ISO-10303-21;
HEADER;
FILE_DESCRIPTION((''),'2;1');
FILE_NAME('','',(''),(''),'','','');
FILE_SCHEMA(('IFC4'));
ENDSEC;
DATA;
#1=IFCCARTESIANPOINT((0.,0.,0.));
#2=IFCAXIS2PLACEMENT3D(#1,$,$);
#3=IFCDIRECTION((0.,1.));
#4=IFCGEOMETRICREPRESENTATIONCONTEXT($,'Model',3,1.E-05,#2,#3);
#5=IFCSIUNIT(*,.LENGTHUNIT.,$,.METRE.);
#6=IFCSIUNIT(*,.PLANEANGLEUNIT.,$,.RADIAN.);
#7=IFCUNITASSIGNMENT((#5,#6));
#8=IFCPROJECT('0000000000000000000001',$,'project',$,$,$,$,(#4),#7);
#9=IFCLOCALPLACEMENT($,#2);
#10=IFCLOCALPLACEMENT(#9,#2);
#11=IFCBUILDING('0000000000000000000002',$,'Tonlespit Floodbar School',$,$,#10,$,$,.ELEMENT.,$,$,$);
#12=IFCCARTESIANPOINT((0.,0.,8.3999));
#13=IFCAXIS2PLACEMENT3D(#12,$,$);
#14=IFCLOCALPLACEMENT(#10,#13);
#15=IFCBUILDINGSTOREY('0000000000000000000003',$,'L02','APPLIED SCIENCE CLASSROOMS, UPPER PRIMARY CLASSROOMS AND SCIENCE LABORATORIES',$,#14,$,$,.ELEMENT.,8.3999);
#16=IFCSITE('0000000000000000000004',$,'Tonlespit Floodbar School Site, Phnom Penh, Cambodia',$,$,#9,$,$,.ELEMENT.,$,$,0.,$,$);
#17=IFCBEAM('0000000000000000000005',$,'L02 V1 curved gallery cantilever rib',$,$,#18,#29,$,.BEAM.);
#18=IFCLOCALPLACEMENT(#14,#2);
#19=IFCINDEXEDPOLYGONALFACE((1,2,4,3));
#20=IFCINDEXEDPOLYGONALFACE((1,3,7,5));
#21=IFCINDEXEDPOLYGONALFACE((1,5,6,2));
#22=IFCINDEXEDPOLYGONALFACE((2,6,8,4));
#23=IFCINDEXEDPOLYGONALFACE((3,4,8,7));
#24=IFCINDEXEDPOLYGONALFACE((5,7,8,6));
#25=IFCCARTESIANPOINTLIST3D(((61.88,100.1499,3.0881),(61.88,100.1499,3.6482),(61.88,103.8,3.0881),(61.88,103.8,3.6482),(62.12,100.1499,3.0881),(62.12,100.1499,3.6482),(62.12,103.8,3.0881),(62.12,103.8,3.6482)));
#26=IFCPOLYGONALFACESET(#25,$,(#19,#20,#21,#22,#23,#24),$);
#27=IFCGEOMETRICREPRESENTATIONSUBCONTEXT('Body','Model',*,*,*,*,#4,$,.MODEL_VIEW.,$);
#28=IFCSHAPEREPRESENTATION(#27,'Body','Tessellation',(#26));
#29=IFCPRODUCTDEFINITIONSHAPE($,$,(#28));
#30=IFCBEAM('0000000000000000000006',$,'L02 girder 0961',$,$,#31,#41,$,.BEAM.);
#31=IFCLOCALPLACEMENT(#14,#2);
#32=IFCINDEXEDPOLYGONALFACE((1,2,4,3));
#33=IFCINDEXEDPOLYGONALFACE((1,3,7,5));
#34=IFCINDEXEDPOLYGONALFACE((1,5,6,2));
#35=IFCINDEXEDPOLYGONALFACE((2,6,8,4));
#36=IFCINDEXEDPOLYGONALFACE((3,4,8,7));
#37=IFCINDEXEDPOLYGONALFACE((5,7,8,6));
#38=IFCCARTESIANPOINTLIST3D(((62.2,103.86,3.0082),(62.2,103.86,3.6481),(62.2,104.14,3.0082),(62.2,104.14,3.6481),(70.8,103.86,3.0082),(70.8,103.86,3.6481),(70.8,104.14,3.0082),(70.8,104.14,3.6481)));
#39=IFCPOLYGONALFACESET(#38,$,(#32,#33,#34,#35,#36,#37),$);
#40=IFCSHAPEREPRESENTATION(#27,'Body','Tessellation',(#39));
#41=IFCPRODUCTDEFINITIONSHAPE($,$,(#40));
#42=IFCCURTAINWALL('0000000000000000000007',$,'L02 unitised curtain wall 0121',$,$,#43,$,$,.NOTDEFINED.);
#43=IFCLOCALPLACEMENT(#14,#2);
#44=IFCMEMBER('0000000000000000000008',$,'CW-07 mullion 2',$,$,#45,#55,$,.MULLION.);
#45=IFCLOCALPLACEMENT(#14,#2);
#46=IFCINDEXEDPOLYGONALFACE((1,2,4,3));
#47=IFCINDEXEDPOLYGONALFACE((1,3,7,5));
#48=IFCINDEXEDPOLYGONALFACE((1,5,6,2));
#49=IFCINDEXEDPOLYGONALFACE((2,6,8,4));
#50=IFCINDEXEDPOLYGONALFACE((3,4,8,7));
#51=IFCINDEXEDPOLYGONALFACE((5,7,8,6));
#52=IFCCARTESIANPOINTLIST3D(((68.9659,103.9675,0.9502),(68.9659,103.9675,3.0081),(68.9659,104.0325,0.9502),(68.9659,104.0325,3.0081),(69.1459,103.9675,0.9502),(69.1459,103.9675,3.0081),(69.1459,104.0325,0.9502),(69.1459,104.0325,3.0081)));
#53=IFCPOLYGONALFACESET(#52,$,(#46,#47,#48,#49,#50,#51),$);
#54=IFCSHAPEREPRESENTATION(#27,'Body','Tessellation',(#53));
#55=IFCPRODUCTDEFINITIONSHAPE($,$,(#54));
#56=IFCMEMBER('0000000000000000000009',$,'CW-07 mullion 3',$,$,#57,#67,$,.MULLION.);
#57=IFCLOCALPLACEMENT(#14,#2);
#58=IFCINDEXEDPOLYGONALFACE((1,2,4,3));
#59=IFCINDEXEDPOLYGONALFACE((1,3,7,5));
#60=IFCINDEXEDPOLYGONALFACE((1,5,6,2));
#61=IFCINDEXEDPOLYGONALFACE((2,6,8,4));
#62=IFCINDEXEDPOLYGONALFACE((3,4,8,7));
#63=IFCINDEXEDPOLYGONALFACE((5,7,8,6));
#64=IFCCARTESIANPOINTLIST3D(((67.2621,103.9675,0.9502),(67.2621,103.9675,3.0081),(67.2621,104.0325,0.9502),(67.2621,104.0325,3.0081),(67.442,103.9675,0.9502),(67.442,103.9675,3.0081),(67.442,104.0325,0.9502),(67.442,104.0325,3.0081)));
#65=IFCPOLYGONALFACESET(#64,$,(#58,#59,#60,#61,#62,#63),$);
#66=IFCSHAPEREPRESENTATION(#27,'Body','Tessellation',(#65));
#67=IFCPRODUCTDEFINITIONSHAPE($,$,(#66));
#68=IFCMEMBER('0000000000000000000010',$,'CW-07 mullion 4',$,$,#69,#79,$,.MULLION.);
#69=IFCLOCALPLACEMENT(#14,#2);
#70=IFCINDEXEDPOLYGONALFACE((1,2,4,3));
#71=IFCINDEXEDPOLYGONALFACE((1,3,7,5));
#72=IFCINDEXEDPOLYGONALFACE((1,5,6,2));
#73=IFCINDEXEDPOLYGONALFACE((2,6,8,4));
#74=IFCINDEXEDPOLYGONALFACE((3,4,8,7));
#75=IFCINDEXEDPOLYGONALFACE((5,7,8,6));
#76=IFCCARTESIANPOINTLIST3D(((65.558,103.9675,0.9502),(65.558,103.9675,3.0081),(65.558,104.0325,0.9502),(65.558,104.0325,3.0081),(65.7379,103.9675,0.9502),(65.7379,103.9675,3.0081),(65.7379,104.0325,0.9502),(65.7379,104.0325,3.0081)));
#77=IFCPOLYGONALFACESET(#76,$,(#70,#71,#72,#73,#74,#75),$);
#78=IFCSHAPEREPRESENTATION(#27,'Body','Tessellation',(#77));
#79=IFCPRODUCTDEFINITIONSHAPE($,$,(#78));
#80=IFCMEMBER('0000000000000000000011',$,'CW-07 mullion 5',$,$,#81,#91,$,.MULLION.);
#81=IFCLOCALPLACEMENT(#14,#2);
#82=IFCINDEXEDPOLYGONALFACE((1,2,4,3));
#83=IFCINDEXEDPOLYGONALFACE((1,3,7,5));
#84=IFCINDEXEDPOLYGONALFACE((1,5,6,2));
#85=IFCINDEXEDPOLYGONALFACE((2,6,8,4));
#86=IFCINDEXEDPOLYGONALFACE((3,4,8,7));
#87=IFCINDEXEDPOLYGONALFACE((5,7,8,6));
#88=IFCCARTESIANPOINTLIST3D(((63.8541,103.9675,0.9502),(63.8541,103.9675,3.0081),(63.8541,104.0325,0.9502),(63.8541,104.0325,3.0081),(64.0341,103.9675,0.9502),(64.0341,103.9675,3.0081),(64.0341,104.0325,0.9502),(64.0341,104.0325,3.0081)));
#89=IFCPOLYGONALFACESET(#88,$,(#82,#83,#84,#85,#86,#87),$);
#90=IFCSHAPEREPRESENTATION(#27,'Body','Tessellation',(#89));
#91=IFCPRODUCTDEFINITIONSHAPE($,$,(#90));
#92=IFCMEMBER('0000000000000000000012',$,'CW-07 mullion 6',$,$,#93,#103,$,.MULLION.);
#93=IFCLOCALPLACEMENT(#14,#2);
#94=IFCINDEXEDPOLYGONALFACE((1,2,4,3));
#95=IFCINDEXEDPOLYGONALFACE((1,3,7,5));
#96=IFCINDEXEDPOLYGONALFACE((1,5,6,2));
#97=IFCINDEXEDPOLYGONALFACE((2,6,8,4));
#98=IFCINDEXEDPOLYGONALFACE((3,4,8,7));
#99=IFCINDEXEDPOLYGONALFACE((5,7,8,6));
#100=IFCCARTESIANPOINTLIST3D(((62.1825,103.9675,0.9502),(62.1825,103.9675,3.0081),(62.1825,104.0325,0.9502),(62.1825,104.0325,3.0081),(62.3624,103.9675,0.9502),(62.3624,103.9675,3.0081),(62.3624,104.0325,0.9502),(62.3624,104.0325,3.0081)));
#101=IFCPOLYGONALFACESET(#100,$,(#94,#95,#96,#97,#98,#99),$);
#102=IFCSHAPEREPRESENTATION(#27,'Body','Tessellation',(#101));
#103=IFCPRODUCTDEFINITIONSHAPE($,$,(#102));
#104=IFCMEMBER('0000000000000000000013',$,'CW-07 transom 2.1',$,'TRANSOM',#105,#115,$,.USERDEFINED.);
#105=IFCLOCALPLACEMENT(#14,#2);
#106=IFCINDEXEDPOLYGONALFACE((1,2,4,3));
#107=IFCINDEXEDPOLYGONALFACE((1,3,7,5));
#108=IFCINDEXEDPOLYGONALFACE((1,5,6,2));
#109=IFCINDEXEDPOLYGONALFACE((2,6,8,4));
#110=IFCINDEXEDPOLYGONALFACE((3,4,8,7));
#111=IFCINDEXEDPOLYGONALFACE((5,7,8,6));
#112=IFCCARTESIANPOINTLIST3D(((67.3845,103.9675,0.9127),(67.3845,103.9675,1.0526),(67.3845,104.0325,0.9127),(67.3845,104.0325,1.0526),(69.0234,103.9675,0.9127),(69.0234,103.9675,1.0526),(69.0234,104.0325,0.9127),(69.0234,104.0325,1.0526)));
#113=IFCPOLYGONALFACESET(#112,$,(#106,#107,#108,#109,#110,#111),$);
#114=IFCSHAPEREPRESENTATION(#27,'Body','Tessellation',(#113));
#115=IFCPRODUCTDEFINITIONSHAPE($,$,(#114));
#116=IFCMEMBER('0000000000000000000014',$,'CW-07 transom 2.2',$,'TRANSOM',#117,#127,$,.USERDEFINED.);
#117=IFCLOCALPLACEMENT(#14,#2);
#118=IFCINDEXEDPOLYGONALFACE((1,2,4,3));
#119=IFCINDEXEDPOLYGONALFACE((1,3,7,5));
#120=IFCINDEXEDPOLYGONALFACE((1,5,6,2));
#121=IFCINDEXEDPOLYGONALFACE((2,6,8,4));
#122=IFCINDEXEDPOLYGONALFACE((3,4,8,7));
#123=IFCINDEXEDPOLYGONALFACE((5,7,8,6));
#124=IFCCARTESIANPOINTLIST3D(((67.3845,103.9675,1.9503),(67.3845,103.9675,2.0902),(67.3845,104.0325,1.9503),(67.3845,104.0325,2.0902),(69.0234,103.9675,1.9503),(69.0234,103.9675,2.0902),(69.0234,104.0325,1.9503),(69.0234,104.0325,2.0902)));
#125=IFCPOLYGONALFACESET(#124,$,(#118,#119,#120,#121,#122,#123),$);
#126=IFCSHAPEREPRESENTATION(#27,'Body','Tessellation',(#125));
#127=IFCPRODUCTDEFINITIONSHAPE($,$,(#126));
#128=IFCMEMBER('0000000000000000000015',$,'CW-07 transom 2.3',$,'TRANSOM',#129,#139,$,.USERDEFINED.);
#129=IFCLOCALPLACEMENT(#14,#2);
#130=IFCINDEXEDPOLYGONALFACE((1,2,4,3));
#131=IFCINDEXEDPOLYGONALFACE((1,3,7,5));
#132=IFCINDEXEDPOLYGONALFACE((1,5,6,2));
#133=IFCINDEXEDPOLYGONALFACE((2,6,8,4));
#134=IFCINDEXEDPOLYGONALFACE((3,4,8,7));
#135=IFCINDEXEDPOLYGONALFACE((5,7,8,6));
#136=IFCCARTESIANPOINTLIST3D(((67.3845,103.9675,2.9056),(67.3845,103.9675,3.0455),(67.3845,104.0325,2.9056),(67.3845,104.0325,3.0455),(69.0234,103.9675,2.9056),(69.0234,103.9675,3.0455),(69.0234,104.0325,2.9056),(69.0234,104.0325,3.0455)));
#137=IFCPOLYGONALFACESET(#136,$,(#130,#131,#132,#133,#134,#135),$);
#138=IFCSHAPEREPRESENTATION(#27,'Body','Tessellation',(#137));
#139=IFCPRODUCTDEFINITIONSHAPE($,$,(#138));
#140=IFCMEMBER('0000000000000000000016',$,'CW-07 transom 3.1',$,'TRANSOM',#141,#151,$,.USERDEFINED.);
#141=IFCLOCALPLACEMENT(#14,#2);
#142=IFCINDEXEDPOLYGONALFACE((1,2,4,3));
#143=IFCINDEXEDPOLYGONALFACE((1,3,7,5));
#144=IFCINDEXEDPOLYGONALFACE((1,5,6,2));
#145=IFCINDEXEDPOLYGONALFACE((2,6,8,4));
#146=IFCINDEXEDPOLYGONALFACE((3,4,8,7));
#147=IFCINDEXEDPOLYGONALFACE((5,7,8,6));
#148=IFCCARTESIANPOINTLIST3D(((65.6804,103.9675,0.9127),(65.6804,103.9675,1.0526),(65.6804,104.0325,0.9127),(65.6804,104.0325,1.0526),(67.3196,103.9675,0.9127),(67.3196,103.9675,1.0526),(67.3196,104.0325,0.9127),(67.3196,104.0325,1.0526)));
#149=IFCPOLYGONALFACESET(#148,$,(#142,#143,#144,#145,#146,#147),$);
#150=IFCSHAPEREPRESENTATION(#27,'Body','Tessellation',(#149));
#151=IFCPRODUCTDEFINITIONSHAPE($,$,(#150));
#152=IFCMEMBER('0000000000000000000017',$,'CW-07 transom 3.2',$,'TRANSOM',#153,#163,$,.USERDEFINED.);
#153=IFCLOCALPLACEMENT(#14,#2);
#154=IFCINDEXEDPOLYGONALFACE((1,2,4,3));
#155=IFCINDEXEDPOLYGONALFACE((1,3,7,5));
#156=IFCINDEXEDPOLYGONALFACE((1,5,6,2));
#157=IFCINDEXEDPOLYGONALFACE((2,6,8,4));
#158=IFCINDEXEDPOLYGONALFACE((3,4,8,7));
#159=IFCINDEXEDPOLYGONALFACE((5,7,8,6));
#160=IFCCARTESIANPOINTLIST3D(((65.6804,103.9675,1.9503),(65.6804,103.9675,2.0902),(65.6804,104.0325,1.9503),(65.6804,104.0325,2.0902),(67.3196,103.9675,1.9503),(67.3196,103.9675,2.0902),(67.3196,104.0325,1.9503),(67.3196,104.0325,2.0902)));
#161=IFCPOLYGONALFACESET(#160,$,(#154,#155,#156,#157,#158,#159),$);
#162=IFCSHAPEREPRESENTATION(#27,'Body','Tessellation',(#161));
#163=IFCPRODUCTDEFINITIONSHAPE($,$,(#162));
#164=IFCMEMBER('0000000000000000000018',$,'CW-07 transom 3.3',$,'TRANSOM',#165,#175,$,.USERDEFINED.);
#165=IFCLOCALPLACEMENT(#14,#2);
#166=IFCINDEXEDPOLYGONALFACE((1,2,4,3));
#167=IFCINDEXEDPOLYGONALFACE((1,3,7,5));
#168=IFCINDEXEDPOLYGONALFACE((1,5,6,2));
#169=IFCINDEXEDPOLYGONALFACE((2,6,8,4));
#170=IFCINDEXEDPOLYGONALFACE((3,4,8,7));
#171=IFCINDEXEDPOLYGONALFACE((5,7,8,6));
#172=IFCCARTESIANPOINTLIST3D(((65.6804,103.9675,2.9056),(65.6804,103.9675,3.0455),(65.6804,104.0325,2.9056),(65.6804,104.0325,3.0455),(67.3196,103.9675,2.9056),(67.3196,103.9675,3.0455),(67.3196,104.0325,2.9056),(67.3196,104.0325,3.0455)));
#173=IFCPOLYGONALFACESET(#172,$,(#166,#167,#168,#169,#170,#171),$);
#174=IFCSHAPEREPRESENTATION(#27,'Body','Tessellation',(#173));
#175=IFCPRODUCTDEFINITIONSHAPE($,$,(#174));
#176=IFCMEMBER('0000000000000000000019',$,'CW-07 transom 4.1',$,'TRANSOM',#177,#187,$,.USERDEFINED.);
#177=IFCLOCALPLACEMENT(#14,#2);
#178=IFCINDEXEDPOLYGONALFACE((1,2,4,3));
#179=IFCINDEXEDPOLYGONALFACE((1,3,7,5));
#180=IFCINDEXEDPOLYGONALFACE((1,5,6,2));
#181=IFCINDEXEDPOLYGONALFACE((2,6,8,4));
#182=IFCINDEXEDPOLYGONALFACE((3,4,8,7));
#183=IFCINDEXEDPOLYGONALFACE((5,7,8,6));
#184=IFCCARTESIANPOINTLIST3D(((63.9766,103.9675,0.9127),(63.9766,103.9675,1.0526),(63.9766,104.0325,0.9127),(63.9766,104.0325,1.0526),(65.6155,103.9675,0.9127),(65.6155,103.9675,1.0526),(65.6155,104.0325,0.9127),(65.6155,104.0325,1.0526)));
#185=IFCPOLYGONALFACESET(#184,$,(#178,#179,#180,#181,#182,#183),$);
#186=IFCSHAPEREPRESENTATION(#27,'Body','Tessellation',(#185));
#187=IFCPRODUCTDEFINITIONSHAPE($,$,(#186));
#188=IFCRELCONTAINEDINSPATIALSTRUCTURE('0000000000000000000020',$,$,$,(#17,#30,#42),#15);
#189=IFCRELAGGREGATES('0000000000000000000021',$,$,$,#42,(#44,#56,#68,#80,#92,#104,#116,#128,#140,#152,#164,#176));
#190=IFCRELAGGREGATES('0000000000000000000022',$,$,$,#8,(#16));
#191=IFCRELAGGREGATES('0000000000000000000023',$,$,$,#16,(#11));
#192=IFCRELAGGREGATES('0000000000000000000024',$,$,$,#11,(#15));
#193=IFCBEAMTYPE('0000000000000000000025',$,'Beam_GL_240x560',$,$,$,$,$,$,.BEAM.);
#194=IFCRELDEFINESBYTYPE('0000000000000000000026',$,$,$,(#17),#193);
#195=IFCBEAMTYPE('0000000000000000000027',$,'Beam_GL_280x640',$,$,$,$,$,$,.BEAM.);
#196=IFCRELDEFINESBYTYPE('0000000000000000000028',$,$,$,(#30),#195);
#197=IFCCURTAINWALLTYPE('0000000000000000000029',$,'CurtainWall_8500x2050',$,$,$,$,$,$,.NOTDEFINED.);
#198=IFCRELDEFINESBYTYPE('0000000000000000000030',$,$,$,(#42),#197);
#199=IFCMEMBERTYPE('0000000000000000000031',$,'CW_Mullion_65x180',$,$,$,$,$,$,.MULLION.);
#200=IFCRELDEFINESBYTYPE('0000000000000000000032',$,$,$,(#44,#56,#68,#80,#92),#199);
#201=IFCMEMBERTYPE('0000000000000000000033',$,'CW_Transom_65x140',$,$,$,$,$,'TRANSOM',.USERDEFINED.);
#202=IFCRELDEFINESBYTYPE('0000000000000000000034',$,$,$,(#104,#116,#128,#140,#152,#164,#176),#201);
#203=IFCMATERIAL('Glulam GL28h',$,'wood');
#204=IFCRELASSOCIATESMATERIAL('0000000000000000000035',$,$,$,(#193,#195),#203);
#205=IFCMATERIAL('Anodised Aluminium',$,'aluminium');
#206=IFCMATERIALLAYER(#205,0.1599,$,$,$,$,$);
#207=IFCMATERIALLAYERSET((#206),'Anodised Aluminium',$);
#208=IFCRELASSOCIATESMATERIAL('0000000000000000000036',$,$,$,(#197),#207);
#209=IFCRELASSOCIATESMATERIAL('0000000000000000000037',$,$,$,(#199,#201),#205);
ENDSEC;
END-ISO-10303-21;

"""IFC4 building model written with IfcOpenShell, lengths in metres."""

from ifc_helpers import new_model, si_unit, direction, frame, origin, origin_2d, place, context, subcontext, project, spatial, rectangle, extrude, material, layer, layer_set, material_profile, profile_set, type_object, element, aggregate, save


model = new_model("IFC4")

# Units and contexts
model_context = context("Model", 3, precision=1e-05, world=origin(), true_north=direction((0.0, 1.0)))
body_context = subcontext(model_context, "Body", "Model", "MODEL_VIEW")
ifc_project = project(units=[si_unit("LENGTHUNIT", "METRE"), si_unit("PLANEANGLEUNIT", "RADIAN")], contexts=[model_context])

# Site, building, storey
site_placement = place(None, origin())
site = spatial("IfcSite", under=ifc_project, at=site_placement, Name="Tonlespit Floodbar School Site, Phnom Penh, Cambodia", CompositionType="ELEMENT", RefElevation=0.0)
building_placement = place(site_placement, origin())
building = spatial("IfcBuilding", under=site, at=building_placement, Name="Tonlespit Floodbar School", CompositionType="ELEMENT")
storey_placement = place(building_placement, frame((0.0, 0.0, 8.3999)))
storey = spatial("IfcBuildingStorey", under=building, at=storey_placement, Name="L02", Description="APPLIED SCIENCE CLASSROOMS, UPPER PRIMARY CLASSROOMS AND SCIENCE LABORATORIES", CompositionType="ELEMENT", Elevation=8.3999)

# Beams
ifc_material_1 = material(Name="Glulam GL28h", Category="wood")
ifc_material_profile_1 = material_profile(ifc_material_1, rectangle(XDim=0.24, YDim=0.5601, at=origin_2d()), Name="GL 240x560")
ifc_profile_set_1 = profile_set([ifc_material_profile_1], Name="Glulam GL28h")
beam_type_1 = type_object("IfcBeamType", Name="Beam_GL_240x560", PredefinedType="BEAM", material=ifc_profile_set_1)
beam_1_placement = place(storey_placement, frame((62.0, 103.8, 3.3682), z_axis=(0.0, -1.0, 0.0), x_axis=(1.0, 0.0, 0.0)))
element("IfcBeam", 1, at=beam_1_placement, inside=storey, type_object=beam_type_1, Name="L02 V1 curved gallery cantilever rib", PredefinedType="BEAM", context=body_context, shape_type="SweptSolid", body=[
    extrude(rectangle(XDim=0.24, YDim=0.5601, at=origin_2d()), origin(), (0.0, 0.0, 1.0), 3.6501),
])
ifc_material_profile_2 = material_profile(ifc_material_1, rectangle(XDim=0.28, YDim=0.6399, at=origin_2d()), Name="GL 280x640")
ifc_profile_set_2 = profile_set([ifc_material_profile_2], Name="Glulam GL28h")
beam_type_2 = type_object("IfcBeamType", Name="Beam_GL_280x640", PredefinedType="BEAM", material=ifc_profile_set_2)
beam_2_placement = place(storey_placement, frame((62.2, 104.0, 3.3281), z_axis=(1.0, 0.0, 0.0), x_axis=(0.0, 1.0, 0.0)))
element("IfcBeam", 2, at=beam_2_placement, inside=storey, type_object=beam_type_2, Name="L02 girder 0961", PredefinedType="BEAM", context=body_context, shape_type="SweptSolid", body=[
    extrude(rectangle(XDim=0.28, YDim=0.6399, at=origin_2d()), origin(), (0.0, 0.0, 1.0), 8.6001),
])

# Curtain wall, members
ifc_material_2 = material(Name="Anodised Aluminium", Category="aluminium")
ifc_layer_1 = layer(ifc_material_2, 0.1599)
ifc_layer_set_1 = layer_set([ifc_layer_1], Name="Anodised Aluminium")
curtain_wall_type = type_object("IfcCurtainWallType", Name="CurtainWall_8500x2050", PredefinedType="NOTDEFINED", material=ifc_layer_set_1)
curtain_wall_placement = place(storey_placement, origin())
curtain_wall = element("IfcCurtainWall", 3, at=curtain_wall_placement, inside=storey, type_object=curtain_wall_type, Name="L02 unitised curtain wall 0121", PredefinedType="NOTDEFINED")
ifc_material_profile_3 = material_profile(ifc_material_2, rectangle(XDim=0.0649, YDim=0.1799, at=origin_2d()), Name="ALU M65x180")
ifc_profile_set_3 = profile_set([ifc_material_profile_3], Name="Anodised Aluminium")
member_type_1 = type_object("IfcMemberType", Name="CW_Mullion_65x180", PredefinedType="MULLION", material=ifc_profile_set_3)
member_1_placement = place(storey_placement, frame((69.0559, 104.0, 0.9502), z_axis=(0.0, 0.0, 1.0), x_axis=(0.0, -1.0, 0.0)))
member_1 = element("IfcMember", 4, at=member_1_placement, type_object=member_type_1, Name="CW-07 mullion 2", PredefinedType="MULLION", context=body_context, shape_type="SweptSolid", body=[
    extrude(rectangle(XDim=0.0649, YDim=0.1799, at=origin_2d()), origin(), (0.0, 0.0, 1.0), 2.0579),
])
member_2_placement = place(storey_placement, frame((67.3521, 104.0, 0.9502), z_axis=(0.0, 0.0, 1.0), x_axis=(0.0, -1.0, 0.0)))
member_2 = element("IfcMember", 5, at=member_2_placement, type_object=member_type_1, Name="CW-07 mullion 3", PredefinedType="MULLION", context=body_context, shape_type="SweptSolid", body=[
    extrude(rectangle(XDim=0.0649, YDim=0.1799, at=origin_2d()), origin(), (0.0, 0.0, 1.0), 2.0579),
])
member_3_placement = place(storey_placement, frame((65.6479, 104.0, 0.9502), z_axis=(0.0, 0.0, 1.0), x_axis=(0.0, -1.0, 0.0)))
member_3 = element("IfcMember", 6, at=member_3_placement, type_object=member_type_1, Name="CW-07 mullion 4", PredefinedType="MULLION", context=body_context, shape_type="SweptSolid", body=[
    extrude(rectangle(XDim=0.0649, YDim=0.1799, at=origin_2d()), origin(), (0.0, 0.0, 1.0), 2.0579),
])
member_4_placement = place(storey_placement, frame((63.9441, 104.0, 0.9502), z_axis=(0.0, 0.0, 1.0), x_axis=(0.0, -1.0, 0.0)))
member_4 = element("IfcMember", 7, at=member_4_placement, type_object=member_type_1, Name="CW-07 mullion 5", PredefinedType="MULLION", context=body_context, shape_type="SweptSolid", body=[
    extrude(rectangle(XDim=0.0649, YDim=0.1799, at=origin_2d()), origin(), (0.0, 0.0, 1.0), 2.0579),
])
member_5_placement = place(storey_placement, frame((62.2725, 104.0, 0.9502), z_axis=(0.0, 0.0, 1.0), x_axis=(0.0, -1.0, 0.0)))
member_5 = element("IfcMember", 8, at=member_5_placement, type_object=member_type_1, Name="CW-07 mullion 6", PredefinedType="MULLION", context=body_context, shape_type="SweptSolid", body=[
    extrude(rectangle(XDim=0.0649, YDim=0.1799, at=origin_2d()), origin(), (0.0, 0.0, 1.0), 2.0579),
])
ifc_material_profile_4 = material_profile(ifc_material_2, rectangle(XDim=0.0649, YDim=0.1399, at=origin_2d()), Name="ALU T65x140")
ifc_profile_set_4 = profile_set([ifc_material_profile_4], Name="Anodised Aluminium")
member_type_2 = type_object("IfcMemberType", Name="CW_Transom_65x140", ElementType="TRANSOM", PredefinedType="USERDEFINED", material=ifc_profile_set_4)
member_6_placement = place(storey_placement, frame((69.0234, 104.0, 0.9827), z_axis=(-1.0, 0.0, 0.0), x_axis=(0.0, -1.0, 0.0)))
member_6 = element("IfcMember", 9, at=member_6_placement, type_object=member_type_2, Name="CW-07 transom 2.1", ObjectType="TRANSOM", PredefinedType="USERDEFINED", context=body_context, shape_type="SweptSolid", body=[
    extrude(rectangle(XDim=0.0649, YDim=0.1399, at=origin_2d()), origin(), (0.0, 0.0, 1.0), 1.6389),
])
member_7_placement = place(storey_placement, frame((69.0234, 104.0, 2.0203), z_axis=(-1.0, 0.0, 0.0), x_axis=(0.0, -1.0, 0.0)))
member_7 = element("IfcMember", 10, at=member_7_placement, type_object=member_type_2, Name="CW-07 transom 2.2", ObjectType="TRANSOM", PredefinedType="USERDEFINED", context=body_context, shape_type="SweptSolid", body=[
    extrude(rectangle(XDim=0.0649, YDim=0.1399, at=origin_2d()), origin(), (0.0, 0.0, 1.0), 1.6389),
])
member_8_placement = place(storey_placement, frame((69.0234, 104.0, 2.9756), z_axis=(-1.0, 0.0, 0.0), x_axis=(0.0, -1.0, 0.0)))
member_8 = element("IfcMember", 11, at=member_8_placement, type_object=member_type_2, Name="CW-07 transom 2.3", ObjectType="TRANSOM", PredefinedType="USERDEFINED", context=body_context, shape_type="SweptSolid", body=[
    extrude(rectangle(XDim=0.0649, YDim=0.1399, at=origin_2d()), origin(), (0.0, 0.0, 1.0), 1.6389),
])
member_9_placement = place(storey_placement, frame((67.3196, 104.0, 0.9827), z_axis=(-1.0, 0.0, 0.0), x_axis=(0.0, -1.0, 0.0)))
member_9 = element("IfcMember", 12, at=member_9_placement, type_object=member_type_2, Name="CW-07 transom 3.1", ObjectType="TRANSOM", PredefinedType="USERDEFINED", context=body_context, shape_type="SweptSolid", body=[
    extrude(rectangle(XDim=0.0649, YDim=0.1399, at=origin_2d()), origin(), (0.0, 0.0, 1.0), 1.6392),
])
member_10_placement = place(storey_placement, frame((67.3196, 104.0, 2.0203), z_axis=(-1.0, 0.0, 0.0), x_axis=(0.0, -1.0, 0.0)))
member_10 = element("IfcMember", 13, at=member_10_placement, type_object=member_type_2, Name="CW-07 transom 3.2", ObjectType="TRANSOM", PredefinedType="USERDEFINED", context=body_context, shape_type="SweptSolid", body=[
    extrude(rectangle(XDim=0.0649, YDim=0.1399, at=origin_2d()), origin(), (0.0, 0.0, 1.0), 1.6392),
])
member_11_placement = place(storey_placement, frame((67.3196, 104.0, 2.9756), z_axis=(-1.0, 0.0, 0.0), x_axis=(0.0, -1.0, 0.0)))
member_11 = element("IfcMember", 14, at=member_11_placement, type_object=member_type_2, Name="CW-07 transom 3.3", ObjectType="TRANSOM", PredefinedType="USERDEFINED", context=body_context, shape_type="SweptSolid", body=[
    extrude(rectangle(XDim=0.0649, YDim=0.1399, at=origin_2d()), origin(), (0.0, 0.0, 1.0), 1.6392),
])
member_12_placement = place(storey_placement, frame((65.6155, 104.0, 0.9827), z_axis=(-1.0, 0.0, 0.0), x_axis=(0.0, -1.0, 0.0)))
member_12 = element("IfcMember", 15, at=member_12_placement, type_object=member_type_2, Name="CW-07 transom 4.1", ObjectType="TRANSOM", PredefinedType="USERDEFINED", context=body_context, shape_type="SweptSolid", body=[
    extrude(rectangle(XDim=0.0649, YDim=0.1399, at=origin_2d()), origin(), (0.0, 0.0, 1.0), 1.6389),
])
aggregate(curtain_wall, [member_1, member_2, member_3, member_4, member_5, member_6, member_7, member_8, member_9, member_10, member_11, member_12])

save(model, "model.ifc")
